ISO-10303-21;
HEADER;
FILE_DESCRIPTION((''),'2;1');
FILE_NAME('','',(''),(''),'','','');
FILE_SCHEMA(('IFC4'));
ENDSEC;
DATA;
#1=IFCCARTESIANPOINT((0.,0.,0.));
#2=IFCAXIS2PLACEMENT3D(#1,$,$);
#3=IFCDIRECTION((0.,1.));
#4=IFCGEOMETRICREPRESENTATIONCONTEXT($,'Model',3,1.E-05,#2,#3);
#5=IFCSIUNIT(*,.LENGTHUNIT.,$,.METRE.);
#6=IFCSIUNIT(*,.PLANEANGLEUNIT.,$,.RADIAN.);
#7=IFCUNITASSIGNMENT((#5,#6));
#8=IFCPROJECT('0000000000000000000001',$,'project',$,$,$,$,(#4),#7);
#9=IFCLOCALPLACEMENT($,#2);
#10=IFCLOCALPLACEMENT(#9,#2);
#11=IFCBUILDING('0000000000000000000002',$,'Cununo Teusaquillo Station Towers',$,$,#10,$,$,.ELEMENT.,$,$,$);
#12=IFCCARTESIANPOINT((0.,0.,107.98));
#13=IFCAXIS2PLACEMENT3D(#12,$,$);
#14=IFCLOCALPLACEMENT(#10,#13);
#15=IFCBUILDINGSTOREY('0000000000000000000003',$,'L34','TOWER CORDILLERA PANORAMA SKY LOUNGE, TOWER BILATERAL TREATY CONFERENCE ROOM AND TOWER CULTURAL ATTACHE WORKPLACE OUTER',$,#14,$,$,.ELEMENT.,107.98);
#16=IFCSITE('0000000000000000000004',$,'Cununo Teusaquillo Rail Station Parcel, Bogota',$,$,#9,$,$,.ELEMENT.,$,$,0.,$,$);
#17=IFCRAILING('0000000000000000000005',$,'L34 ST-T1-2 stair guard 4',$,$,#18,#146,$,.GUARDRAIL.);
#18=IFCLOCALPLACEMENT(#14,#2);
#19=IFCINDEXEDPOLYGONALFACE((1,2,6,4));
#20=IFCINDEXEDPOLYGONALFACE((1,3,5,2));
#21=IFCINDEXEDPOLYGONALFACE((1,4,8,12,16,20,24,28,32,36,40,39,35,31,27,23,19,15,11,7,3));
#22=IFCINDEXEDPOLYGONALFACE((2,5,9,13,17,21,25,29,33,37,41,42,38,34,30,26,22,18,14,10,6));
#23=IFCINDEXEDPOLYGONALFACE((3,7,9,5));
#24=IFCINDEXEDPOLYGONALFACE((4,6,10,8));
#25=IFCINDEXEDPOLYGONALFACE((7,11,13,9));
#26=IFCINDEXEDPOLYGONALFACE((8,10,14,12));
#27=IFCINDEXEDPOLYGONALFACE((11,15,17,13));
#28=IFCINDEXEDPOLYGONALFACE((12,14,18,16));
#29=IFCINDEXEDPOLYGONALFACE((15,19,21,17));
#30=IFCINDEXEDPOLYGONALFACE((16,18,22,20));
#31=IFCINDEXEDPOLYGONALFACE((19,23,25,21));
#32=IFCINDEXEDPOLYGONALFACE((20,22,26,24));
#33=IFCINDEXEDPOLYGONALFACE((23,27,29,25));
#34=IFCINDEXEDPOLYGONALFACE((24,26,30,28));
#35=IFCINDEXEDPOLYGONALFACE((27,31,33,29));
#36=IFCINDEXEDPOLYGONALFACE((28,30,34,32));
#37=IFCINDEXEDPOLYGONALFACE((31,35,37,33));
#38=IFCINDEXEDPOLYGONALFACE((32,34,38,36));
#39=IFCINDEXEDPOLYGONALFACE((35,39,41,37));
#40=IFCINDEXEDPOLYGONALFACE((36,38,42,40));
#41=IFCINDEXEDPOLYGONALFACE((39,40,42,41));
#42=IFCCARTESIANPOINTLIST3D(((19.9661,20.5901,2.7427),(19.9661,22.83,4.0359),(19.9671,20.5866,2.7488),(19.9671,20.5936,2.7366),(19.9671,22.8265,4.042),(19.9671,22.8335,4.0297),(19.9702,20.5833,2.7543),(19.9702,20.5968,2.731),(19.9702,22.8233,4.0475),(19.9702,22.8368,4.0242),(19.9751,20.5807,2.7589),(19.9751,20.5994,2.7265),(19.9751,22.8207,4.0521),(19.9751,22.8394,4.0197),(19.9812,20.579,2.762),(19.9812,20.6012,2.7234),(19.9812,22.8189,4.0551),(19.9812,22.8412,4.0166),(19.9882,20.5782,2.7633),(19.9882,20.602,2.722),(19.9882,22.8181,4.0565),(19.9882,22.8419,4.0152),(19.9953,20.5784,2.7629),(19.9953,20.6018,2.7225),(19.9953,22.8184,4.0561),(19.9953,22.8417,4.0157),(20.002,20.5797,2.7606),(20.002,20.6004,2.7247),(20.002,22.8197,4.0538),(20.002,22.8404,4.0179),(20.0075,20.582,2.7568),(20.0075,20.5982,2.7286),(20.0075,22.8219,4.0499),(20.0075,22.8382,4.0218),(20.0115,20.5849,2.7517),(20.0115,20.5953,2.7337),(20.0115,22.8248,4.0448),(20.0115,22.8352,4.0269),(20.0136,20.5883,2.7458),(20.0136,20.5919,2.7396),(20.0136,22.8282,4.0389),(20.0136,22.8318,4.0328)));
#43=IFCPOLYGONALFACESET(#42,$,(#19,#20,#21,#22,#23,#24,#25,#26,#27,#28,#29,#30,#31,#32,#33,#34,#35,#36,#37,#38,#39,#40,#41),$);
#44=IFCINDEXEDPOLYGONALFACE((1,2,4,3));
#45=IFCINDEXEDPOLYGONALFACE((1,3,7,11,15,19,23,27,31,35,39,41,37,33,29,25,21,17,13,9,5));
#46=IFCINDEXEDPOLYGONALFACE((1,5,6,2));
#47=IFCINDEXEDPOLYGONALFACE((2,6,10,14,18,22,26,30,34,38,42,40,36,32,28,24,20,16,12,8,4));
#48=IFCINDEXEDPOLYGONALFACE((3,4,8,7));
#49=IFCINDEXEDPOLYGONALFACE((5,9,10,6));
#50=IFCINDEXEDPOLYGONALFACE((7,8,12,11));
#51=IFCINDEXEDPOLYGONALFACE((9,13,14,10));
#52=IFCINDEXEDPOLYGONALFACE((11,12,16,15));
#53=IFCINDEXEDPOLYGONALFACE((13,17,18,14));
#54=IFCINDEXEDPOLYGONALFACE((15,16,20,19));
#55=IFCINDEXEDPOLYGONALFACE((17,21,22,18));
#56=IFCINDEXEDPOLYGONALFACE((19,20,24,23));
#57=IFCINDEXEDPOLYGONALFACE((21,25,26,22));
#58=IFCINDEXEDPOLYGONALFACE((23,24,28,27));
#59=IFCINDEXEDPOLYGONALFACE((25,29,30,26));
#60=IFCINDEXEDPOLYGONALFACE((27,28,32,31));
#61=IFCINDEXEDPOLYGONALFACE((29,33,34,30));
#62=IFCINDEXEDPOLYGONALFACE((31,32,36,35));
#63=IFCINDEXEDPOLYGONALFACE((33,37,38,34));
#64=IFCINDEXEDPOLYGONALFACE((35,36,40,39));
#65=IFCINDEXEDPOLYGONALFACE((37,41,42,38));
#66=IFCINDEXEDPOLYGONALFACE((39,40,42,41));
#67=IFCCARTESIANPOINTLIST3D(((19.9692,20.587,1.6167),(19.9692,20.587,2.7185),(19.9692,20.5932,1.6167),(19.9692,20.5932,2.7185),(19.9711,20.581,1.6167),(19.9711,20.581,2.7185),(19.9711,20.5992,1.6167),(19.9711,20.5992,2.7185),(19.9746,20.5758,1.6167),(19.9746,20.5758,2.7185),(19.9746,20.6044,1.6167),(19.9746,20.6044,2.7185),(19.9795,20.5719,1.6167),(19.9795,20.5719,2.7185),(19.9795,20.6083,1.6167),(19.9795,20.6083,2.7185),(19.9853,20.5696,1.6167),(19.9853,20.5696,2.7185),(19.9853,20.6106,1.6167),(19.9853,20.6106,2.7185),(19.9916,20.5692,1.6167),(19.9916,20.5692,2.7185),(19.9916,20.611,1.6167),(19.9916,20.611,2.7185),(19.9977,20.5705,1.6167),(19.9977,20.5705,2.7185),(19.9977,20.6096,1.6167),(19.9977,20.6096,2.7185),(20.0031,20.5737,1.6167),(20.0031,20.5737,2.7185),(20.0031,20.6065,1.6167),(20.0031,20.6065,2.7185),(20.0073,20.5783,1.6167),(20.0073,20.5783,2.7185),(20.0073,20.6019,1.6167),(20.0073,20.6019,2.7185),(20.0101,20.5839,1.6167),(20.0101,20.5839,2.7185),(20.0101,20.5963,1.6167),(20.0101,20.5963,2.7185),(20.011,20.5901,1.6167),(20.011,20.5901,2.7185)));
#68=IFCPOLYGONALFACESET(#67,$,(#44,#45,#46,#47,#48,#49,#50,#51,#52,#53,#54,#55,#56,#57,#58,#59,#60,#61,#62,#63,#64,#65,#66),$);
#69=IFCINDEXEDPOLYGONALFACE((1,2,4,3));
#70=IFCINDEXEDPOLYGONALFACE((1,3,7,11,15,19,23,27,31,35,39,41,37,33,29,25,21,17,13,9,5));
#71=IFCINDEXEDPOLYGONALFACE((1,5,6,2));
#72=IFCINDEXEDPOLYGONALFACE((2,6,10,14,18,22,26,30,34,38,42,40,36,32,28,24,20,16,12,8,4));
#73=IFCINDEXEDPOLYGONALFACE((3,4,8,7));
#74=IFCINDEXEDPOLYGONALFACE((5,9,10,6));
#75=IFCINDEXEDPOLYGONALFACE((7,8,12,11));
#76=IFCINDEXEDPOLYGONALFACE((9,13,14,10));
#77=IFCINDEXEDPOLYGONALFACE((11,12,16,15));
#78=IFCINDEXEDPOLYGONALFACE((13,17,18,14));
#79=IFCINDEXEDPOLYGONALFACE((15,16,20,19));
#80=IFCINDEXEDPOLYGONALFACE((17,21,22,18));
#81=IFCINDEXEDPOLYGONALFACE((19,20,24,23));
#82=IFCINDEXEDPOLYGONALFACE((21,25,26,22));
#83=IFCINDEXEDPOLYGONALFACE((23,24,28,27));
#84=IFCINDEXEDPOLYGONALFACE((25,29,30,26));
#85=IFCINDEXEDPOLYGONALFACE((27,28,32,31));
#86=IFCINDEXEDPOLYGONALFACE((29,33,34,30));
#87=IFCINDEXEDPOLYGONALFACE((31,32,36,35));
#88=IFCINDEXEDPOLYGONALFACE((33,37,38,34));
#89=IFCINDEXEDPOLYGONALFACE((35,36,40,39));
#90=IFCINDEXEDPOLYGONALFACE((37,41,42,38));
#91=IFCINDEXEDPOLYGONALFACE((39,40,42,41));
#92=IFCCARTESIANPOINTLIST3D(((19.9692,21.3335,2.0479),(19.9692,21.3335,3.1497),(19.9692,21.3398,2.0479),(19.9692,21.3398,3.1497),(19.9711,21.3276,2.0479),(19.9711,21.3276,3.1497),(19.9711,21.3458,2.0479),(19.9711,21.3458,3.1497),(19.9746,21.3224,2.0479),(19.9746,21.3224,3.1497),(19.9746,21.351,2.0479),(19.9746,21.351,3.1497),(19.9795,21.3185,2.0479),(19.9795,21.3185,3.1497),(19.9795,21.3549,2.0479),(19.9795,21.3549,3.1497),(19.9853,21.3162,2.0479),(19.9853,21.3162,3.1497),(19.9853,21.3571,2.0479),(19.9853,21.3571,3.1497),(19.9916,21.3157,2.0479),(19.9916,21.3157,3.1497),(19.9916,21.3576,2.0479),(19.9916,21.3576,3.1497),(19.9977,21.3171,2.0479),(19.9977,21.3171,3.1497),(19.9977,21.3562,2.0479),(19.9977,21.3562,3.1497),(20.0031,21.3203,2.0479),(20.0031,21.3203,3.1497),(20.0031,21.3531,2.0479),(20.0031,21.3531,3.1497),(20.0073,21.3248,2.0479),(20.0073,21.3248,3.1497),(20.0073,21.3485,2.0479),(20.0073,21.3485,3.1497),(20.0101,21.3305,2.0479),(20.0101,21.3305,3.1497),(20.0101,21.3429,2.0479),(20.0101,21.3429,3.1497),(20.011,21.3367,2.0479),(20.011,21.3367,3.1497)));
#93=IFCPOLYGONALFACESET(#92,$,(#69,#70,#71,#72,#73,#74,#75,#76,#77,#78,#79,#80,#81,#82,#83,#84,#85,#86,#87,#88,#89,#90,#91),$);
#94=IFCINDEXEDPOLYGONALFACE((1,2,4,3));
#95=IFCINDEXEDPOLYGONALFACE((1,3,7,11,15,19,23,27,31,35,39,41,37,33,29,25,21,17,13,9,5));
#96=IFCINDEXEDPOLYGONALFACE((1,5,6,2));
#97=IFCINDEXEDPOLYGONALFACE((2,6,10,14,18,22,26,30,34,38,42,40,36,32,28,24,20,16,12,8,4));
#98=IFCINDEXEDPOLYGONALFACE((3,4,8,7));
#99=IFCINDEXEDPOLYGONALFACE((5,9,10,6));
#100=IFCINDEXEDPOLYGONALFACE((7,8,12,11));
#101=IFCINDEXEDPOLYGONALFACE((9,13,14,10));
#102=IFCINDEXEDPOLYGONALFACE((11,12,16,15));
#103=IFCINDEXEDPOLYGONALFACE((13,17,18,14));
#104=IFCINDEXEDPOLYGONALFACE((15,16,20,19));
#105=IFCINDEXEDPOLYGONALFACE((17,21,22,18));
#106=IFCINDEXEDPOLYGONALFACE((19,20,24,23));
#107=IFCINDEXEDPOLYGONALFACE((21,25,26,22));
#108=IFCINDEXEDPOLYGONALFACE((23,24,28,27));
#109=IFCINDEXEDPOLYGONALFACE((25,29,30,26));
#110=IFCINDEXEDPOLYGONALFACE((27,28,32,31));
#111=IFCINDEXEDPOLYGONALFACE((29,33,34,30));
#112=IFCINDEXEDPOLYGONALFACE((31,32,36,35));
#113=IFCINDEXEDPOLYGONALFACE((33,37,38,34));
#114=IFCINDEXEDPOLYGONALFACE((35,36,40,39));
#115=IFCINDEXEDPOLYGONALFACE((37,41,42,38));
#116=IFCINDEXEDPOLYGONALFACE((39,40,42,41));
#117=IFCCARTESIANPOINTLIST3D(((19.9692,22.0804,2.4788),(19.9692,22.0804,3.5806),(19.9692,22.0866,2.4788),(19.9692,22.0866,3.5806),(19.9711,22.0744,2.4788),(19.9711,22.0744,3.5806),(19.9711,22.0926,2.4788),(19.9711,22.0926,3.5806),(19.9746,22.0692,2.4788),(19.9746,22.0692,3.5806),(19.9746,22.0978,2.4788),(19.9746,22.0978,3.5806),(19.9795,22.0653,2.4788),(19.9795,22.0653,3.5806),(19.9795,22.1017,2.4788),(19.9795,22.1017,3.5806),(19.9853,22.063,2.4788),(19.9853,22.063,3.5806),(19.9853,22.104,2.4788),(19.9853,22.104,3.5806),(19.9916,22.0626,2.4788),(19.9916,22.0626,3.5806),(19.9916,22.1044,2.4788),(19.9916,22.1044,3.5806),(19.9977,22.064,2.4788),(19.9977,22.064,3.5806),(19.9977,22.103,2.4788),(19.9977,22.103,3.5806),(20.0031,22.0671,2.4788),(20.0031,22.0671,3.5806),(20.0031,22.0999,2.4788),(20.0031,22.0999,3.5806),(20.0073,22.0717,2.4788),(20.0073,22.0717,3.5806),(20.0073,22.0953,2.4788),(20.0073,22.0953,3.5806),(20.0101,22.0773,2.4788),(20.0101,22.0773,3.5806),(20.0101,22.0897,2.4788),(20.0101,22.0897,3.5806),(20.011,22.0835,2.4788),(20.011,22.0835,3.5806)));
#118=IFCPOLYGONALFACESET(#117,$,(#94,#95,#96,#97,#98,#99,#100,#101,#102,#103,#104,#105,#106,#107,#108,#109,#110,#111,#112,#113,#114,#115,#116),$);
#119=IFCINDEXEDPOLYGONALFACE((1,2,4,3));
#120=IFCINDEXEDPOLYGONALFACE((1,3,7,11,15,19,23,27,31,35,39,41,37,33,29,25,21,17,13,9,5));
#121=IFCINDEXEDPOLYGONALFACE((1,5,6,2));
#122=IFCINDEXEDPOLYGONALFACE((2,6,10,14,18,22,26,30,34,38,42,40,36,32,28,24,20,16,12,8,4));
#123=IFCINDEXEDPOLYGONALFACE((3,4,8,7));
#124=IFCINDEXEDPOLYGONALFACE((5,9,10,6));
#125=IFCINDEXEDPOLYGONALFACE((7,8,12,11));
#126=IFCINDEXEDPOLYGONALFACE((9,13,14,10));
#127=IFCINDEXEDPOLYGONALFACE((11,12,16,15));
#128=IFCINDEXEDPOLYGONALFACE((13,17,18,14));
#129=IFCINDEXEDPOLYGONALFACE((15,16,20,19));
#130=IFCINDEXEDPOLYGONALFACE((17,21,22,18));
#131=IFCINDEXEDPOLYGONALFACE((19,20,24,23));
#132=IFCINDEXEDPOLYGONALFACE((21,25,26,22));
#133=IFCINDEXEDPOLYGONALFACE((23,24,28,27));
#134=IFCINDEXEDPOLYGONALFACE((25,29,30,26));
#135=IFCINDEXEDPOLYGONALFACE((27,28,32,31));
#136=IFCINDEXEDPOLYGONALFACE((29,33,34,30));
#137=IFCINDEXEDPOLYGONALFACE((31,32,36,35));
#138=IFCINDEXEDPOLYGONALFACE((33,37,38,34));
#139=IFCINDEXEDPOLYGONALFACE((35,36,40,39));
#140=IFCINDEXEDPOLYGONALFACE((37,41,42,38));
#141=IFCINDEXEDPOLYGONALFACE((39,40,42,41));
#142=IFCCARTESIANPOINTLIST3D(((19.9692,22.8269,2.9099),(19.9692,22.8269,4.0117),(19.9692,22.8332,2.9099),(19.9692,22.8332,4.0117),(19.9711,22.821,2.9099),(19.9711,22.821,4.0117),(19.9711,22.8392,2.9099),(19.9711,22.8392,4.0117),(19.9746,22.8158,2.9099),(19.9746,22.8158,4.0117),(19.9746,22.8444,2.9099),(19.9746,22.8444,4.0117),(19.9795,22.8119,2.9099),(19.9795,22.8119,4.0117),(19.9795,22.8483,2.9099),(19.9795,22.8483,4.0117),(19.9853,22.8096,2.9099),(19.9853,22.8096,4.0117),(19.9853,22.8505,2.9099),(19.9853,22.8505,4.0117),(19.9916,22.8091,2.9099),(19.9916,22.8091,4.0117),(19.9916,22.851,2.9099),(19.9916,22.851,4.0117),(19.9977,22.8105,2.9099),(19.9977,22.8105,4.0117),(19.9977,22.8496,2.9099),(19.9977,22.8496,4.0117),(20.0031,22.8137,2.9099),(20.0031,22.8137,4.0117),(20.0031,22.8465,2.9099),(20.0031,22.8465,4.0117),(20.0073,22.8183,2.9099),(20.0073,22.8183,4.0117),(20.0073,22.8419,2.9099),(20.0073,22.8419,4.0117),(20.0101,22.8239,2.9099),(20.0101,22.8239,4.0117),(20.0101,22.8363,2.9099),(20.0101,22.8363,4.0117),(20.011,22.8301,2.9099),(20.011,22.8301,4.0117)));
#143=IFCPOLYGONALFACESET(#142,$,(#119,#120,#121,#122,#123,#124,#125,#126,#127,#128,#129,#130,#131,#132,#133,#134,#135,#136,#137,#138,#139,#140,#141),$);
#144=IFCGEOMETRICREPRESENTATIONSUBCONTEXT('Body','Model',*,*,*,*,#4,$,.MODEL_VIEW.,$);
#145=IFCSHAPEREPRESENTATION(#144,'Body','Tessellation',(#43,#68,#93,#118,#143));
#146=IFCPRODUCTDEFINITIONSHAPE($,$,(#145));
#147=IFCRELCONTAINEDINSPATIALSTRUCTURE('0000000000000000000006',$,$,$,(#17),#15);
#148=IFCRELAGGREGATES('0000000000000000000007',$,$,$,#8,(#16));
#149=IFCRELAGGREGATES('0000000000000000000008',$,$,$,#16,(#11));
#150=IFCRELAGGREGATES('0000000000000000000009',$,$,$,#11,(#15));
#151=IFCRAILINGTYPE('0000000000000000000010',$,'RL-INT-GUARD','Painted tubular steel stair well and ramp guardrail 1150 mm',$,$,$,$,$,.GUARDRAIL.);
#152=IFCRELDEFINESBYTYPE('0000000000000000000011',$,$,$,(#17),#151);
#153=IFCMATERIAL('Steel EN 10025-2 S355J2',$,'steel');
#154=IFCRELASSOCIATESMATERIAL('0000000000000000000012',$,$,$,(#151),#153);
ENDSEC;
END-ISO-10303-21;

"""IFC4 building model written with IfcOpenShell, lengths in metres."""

from ifc_helpers import new_model, si_unit, direction, frame, origin, origin_2d, place, context, subcontext, project, spatial, circle, extrude, material, type_object, element, save


model = new_model("IFC4")

# Units and contexts
model_context = context("Model", 3, precision=1e-05, world=origin(), true_north=direction((0.0, 1.0)))
body_context = subcontext(model_context, "Body", "Model", "MODEL_VIEW")
ifc_project = project(units=[si_unit("LENGTHUNIT", "METRE"), si_unit("PLANEANGLEUNIT", "RADIAN")], contexts=[model_context])

# Site, building, storey
site_placement = place(None, origin())
site = spatial("IfcSite", under=ifc_project, at=site_placement, Name="Cununo Teusaquillo Rail Station Parcel, Bogota", CompositionType="ELEMENT", RefElevation=0.0)
building_placement = place(site_placement, origin())
building = spatial("IfcBuilding", under=site, at=building_placement, Name="Cununo Teusaquillo Station Towers", CompositionType="ELEMENT")
storey_placement = place(building_placement, frame((0.0, 0.0, 107.98)))
storey = spatial("IfcBuildingStorey", under=building, at=storey_placement, Name="L34", Description="TOWER CORDILLERA PANORAMA SKY LOUNGE, TOWER BILATERAL TREATY CONFERENCE ROOM AND TOWER CULTURAL ATTACHE WORKPLACE OUTER", CompositionType="ELEMENT", Elevation=107.98)

# Railing
ifc_material_1 = material(Name="Steel EN 10025-2 S355J2", Category="steel")
railing_type_1 = type_object("IfcRailingType", Name="RL-INT-GUARD", Description="Painted tubular steel stair well and ramp guardrail 1150 mm", PredefinedType="GUARDRAIL", material=ifc_material_1)
railing_1_placement = place(storey_placement, frame((19.99, 20.5901, 1.6167)))
element("IfcRailing", 1, at=railing_1_placement, inside=storey, type_object=railing_type_1, Name="L34 ST-T1-2 stair guard 4", PredefinedType="GUARDRAIL", context=body_context, shape_type="SweptSolid", body=[
    extrude(circle(Radius=0.0239, at=origin_2d()), frame((0.0, 0.0, 1.126), z_axis=(0.0, 0.866033, 0.499987), x_axis=(-1.0, 0.0, 0.0)), (0.0, 0.0, 1.0), 2.5864),
    extrude(circle(Radius=0.021, at=origin_2d()), origin(), (0.0, 0.0, 1.0), 1.1018),
    extrude(circle(Radius=0.021, at=origin_2d()), frame((0.0, 0.7466, 0.4312)), (0.0, 0.0, 1.0), 1.1018),
    extrude(circle(Radius=0.021, at=origin_2d()), frame((0.0, 1.4934, 0.8621)), (0.0, 0.0, 1.0), 1.1018),
    extrude(circle(Radius=0.021, at=origin_2d()), frame((0.0, 2.24, 1.2932)), (0.0, 0.0, 1.0), 1.1018),
])

save(model, "model.ifc")
